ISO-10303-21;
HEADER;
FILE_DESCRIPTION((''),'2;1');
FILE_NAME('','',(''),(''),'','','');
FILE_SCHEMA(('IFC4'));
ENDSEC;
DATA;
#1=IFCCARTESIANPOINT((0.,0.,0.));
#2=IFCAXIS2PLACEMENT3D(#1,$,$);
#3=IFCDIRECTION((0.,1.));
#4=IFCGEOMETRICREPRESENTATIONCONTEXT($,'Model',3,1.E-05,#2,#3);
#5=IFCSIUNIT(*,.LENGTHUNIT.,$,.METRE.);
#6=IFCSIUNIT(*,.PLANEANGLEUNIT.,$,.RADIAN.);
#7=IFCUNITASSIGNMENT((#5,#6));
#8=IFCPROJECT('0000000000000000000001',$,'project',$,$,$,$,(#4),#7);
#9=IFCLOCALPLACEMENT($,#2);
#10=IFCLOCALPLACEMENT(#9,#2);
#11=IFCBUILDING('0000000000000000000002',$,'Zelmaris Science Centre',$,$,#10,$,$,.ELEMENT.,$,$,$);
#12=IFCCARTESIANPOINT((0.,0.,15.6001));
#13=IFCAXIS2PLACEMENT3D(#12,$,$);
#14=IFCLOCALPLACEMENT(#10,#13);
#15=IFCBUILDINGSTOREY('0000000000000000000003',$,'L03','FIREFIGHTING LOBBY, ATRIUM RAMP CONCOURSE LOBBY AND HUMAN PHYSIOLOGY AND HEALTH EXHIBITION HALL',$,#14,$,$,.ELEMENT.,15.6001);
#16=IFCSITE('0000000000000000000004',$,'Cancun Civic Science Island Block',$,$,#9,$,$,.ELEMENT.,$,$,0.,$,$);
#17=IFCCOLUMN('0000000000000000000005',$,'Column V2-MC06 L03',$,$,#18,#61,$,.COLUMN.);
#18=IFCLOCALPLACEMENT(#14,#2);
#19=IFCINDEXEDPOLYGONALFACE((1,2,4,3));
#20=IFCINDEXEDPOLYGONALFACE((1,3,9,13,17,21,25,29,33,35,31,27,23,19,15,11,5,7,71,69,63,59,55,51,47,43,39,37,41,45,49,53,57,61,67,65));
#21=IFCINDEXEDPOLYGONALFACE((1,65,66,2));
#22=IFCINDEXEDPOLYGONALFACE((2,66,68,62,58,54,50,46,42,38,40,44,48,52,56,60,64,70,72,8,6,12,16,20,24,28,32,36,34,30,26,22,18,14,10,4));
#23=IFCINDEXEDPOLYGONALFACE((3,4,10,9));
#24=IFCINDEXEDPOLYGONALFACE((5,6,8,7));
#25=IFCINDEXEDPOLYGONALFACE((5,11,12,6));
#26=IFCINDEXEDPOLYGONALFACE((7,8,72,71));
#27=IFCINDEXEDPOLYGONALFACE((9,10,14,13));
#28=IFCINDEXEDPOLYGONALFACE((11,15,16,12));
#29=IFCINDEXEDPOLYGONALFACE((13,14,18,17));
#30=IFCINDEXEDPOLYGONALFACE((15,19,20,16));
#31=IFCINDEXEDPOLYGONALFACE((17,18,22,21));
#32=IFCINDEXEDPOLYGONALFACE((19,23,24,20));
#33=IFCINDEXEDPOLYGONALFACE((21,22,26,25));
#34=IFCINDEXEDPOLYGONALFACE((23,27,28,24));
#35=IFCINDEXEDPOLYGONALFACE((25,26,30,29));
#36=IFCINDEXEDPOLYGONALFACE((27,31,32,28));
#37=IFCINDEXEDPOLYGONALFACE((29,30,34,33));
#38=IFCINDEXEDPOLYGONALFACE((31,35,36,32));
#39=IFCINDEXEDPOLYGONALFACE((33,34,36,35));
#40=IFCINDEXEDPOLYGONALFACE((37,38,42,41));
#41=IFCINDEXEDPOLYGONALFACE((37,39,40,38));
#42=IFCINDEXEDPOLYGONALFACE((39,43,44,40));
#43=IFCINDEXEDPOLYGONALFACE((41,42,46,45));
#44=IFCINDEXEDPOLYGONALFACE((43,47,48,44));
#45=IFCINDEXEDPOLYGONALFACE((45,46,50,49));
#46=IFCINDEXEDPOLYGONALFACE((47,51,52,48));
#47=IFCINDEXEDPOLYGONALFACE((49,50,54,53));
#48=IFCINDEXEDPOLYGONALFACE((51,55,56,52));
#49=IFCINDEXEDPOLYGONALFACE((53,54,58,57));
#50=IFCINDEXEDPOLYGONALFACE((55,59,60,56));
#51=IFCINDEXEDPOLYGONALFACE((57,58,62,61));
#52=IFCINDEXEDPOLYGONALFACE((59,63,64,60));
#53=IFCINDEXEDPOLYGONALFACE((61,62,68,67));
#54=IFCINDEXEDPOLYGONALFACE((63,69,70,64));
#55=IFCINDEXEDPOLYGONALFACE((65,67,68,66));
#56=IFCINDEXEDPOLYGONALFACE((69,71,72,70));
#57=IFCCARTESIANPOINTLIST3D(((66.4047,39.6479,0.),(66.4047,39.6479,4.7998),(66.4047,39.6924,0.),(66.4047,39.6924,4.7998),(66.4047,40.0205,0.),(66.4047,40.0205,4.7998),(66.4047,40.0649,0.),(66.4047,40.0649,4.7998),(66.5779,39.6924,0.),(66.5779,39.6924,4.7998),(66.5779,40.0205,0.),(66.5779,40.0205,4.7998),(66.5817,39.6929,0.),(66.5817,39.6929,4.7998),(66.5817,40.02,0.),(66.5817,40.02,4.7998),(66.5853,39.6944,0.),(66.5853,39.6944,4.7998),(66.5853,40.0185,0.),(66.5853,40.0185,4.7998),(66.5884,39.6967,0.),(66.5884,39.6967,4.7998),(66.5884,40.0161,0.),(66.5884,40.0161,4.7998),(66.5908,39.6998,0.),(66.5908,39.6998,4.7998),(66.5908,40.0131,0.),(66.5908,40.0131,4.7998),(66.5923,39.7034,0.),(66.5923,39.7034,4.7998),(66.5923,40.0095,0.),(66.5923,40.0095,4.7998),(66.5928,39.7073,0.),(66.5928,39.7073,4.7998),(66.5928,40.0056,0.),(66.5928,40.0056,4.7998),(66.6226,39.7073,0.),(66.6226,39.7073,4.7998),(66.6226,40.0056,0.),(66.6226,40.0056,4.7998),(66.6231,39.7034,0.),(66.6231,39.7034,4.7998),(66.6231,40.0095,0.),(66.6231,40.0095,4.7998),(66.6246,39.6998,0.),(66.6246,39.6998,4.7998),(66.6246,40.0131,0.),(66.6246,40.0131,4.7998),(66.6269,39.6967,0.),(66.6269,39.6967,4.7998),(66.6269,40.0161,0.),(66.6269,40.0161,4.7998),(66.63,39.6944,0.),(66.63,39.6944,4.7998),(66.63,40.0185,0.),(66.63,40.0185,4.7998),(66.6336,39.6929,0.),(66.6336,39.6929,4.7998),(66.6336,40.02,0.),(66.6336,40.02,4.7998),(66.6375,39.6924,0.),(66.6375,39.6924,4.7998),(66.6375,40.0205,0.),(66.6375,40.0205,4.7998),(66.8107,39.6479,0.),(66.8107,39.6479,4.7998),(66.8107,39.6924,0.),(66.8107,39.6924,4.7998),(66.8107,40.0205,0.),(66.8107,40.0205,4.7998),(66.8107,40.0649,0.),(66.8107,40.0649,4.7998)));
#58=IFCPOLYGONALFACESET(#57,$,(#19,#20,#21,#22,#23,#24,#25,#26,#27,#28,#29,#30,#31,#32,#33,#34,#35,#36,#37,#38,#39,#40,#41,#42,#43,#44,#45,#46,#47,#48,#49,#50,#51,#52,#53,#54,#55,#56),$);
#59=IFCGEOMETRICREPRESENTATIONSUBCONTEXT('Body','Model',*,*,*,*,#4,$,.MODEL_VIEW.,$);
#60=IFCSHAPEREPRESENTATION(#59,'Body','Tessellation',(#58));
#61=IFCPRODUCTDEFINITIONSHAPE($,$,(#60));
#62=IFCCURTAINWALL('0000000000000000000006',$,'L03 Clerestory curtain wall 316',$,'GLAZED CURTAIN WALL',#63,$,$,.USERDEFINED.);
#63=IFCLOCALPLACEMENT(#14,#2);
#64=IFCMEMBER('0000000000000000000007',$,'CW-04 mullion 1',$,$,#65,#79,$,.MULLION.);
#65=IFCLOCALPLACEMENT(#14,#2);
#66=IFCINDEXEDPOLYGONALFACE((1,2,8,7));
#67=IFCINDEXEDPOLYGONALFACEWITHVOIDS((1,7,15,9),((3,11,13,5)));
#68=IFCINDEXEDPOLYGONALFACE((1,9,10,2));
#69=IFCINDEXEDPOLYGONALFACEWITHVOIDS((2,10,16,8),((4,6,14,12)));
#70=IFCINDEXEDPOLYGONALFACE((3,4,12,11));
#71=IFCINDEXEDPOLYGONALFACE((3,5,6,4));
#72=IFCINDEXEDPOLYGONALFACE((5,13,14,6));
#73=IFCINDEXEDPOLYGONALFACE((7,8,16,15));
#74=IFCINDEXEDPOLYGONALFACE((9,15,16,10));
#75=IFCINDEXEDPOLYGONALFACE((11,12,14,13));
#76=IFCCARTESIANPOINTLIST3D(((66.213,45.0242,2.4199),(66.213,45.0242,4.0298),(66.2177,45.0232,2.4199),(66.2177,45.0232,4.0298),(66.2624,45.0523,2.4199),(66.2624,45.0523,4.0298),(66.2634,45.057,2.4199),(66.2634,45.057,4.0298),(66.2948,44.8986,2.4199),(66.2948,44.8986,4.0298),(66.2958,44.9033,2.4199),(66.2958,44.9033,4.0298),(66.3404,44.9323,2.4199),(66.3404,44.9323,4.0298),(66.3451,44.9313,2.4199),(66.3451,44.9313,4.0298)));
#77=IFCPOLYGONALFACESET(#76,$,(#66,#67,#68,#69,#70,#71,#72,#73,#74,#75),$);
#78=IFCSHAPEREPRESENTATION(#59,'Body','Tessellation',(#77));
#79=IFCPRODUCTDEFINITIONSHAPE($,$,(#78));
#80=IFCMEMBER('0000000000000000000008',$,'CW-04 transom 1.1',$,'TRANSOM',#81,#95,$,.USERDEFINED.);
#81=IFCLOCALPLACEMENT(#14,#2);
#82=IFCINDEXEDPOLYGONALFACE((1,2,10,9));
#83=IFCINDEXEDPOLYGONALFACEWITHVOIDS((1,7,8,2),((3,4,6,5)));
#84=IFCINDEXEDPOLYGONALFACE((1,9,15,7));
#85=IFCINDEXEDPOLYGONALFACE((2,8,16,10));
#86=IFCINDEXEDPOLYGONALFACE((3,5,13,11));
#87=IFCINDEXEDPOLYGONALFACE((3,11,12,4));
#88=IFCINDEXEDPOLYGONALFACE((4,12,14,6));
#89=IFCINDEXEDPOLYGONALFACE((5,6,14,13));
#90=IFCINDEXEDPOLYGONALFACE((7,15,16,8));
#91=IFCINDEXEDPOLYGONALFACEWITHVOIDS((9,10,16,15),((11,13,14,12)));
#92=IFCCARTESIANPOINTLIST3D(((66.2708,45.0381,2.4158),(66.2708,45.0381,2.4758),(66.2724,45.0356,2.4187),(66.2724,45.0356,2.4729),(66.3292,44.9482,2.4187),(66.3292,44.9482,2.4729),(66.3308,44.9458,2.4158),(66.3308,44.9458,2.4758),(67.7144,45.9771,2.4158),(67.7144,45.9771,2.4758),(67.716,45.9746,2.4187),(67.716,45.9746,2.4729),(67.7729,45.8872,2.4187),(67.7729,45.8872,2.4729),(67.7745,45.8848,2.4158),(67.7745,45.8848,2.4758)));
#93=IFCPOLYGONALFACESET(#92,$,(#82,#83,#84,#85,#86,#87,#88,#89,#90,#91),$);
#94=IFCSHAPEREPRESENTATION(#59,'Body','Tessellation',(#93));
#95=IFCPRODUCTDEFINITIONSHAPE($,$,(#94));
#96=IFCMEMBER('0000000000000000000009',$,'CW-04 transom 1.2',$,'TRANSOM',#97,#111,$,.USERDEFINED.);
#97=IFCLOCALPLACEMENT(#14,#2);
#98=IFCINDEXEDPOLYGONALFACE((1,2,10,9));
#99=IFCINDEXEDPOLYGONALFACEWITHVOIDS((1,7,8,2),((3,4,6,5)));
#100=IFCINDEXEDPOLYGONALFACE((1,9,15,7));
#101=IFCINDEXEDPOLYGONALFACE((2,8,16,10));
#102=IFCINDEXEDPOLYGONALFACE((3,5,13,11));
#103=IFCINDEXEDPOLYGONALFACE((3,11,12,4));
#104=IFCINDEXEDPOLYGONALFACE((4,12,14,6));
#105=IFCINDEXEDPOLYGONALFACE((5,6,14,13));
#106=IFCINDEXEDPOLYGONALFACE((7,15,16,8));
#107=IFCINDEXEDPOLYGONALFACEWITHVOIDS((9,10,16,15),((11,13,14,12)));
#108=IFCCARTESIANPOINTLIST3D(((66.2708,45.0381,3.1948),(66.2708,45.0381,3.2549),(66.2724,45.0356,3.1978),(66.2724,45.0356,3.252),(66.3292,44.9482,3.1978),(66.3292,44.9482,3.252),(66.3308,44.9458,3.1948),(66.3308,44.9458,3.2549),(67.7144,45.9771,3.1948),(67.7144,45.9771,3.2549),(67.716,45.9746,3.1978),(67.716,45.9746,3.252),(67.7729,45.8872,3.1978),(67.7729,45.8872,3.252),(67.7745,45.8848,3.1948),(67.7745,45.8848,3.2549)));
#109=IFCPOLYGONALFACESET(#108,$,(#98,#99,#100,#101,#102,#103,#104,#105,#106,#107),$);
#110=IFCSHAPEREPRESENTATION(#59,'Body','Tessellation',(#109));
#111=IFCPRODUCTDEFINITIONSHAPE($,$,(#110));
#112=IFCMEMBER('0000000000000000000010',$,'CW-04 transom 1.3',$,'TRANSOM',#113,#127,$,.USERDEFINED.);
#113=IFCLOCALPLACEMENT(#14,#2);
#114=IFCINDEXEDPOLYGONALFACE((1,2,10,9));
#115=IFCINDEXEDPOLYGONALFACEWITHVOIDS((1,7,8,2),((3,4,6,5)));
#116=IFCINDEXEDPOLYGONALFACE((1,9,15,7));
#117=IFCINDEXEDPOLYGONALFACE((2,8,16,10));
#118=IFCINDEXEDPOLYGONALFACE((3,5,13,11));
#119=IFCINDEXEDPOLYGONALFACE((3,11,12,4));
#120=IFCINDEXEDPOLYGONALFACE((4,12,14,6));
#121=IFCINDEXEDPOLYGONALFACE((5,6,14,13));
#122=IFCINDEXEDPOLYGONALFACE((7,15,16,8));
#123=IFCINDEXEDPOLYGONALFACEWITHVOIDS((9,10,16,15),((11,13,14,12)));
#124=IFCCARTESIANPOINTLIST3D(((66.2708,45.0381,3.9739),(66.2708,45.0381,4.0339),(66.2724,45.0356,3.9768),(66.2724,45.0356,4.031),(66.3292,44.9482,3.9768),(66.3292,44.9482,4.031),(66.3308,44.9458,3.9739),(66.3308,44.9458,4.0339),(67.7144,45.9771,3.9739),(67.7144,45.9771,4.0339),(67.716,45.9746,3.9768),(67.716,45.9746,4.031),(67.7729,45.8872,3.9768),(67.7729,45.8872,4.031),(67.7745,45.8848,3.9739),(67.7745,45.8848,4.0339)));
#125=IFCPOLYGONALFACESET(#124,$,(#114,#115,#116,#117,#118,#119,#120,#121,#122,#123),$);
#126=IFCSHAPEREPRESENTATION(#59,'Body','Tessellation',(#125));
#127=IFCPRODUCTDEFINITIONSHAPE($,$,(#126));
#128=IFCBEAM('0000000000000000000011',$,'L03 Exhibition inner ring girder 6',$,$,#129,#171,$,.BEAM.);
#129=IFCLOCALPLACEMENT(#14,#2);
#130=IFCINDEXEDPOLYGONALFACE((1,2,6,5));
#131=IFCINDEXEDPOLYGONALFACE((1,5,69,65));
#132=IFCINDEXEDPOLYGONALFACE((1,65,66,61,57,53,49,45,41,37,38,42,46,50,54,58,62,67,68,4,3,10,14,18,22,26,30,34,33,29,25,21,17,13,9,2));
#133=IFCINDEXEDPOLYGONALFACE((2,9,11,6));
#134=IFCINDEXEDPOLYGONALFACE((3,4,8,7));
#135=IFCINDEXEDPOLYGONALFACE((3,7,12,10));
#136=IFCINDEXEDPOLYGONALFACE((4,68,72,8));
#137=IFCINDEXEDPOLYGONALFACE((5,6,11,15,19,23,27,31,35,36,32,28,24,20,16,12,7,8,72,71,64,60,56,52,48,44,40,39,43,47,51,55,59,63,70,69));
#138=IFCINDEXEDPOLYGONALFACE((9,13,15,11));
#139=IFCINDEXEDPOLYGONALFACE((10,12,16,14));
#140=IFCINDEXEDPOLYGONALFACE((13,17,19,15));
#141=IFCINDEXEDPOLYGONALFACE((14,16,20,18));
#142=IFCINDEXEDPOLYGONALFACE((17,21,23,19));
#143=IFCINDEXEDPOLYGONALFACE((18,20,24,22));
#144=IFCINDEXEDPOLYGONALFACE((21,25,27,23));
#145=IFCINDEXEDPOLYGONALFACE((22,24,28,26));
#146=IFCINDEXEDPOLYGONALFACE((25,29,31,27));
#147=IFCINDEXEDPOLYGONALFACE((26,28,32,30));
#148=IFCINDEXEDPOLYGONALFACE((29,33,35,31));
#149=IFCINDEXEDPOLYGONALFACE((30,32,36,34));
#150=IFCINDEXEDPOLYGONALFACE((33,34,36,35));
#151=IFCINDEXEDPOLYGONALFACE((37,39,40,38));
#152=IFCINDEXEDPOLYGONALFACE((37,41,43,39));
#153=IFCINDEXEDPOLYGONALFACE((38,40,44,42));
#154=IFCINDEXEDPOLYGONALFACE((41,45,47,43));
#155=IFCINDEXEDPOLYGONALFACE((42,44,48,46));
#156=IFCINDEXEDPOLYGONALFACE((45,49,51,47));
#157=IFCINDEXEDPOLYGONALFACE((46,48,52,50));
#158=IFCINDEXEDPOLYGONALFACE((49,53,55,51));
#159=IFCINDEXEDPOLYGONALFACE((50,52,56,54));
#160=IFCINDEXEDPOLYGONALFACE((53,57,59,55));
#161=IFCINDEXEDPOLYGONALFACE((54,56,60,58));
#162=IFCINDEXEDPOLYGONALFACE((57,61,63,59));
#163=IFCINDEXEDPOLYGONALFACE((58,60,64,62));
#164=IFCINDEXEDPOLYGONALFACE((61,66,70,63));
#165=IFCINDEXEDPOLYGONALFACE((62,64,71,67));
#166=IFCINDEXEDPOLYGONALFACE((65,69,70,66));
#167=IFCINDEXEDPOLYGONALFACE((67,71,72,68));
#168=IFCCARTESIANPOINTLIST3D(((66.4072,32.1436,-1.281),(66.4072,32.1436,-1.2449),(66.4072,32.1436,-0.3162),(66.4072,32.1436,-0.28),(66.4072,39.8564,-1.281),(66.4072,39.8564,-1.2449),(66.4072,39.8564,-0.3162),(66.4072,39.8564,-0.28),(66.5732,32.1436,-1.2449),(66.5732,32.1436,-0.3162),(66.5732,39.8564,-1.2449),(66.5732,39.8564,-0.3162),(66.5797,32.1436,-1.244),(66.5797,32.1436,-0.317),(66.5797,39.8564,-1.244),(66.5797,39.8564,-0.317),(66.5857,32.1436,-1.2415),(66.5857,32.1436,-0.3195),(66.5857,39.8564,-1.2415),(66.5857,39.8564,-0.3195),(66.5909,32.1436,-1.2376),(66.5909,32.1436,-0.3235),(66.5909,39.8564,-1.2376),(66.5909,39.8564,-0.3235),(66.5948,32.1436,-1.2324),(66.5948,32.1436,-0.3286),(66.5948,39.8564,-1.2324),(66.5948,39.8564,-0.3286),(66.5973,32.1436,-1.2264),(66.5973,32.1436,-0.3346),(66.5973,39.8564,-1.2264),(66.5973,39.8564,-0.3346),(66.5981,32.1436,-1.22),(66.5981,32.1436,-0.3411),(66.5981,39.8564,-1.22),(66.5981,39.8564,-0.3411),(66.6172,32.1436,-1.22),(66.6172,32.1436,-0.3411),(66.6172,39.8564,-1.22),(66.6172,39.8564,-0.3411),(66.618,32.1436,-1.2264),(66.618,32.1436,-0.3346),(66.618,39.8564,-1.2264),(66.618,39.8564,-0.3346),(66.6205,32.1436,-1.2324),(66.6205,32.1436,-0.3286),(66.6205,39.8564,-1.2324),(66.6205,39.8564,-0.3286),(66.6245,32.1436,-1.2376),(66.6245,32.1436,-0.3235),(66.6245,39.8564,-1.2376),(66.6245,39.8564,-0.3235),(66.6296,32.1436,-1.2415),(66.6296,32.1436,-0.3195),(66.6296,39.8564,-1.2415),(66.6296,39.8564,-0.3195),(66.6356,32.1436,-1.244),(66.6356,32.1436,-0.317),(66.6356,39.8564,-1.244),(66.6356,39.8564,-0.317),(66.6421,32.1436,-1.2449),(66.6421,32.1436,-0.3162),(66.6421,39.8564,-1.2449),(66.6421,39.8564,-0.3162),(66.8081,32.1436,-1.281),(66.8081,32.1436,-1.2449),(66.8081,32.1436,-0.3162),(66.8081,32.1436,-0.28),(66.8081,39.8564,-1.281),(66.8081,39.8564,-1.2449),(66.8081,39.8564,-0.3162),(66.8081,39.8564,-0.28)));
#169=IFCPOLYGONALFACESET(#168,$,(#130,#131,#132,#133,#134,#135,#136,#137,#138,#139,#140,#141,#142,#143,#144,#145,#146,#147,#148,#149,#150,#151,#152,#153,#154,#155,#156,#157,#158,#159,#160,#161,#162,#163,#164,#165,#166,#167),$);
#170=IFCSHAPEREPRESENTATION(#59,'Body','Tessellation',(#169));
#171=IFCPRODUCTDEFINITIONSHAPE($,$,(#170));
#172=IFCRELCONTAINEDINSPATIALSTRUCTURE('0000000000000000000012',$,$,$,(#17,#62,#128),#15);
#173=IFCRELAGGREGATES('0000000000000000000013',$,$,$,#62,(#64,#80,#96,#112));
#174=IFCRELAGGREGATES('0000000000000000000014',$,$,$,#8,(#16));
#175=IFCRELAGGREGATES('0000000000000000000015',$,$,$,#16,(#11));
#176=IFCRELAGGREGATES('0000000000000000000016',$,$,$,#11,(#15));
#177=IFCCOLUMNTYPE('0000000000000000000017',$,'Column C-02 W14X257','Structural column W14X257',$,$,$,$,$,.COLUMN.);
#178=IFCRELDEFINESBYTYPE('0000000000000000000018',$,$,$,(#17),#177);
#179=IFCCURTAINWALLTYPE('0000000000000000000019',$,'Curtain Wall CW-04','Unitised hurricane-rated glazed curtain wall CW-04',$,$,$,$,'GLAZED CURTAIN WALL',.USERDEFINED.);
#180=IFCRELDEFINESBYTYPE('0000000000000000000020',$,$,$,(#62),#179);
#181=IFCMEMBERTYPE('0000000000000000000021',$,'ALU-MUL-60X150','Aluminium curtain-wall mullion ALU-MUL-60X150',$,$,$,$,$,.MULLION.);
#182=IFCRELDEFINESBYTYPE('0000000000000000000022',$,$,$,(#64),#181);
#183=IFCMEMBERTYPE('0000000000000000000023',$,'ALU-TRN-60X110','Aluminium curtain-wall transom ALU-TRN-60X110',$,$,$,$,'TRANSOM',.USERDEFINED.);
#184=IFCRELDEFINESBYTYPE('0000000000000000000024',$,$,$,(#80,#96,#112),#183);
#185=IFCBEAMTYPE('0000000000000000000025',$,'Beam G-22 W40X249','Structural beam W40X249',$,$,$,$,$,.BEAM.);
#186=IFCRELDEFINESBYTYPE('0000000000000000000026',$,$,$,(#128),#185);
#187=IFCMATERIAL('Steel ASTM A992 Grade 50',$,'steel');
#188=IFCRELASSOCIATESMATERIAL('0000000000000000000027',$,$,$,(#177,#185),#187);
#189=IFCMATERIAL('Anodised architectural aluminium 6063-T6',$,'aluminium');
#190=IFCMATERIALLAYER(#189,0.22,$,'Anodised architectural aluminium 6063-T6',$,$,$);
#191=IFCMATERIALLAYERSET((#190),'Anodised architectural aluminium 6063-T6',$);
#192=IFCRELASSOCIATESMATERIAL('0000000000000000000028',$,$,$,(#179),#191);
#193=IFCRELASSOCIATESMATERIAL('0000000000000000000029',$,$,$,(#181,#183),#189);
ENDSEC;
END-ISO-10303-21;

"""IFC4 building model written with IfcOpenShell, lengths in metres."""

from ifc_helpers import new_model, si_unit, direction, frame, origin, origin_2d, place, context, subcontext, project, spatial, hollow_rectangle, i_section, extrude, material, layer, layer_set, material_profile, profile_set, type_object, element, aggregate, save


model = new_model("IFC4")

# Units and contexts
model_context = context("Model", 3, precision=1e-05, world=origin(), true_north=direction((0.0, 1.0)))
body_context = subcontext(model_context, "Body", "Model", "MODEL_VIEW")
ifc_project = project(units=[si_unit("LENGTHUNIT", "METRE"), si_unit("PLANEANGLEUNIT", "RADIAN")], contexts=[model_context])

# Site, building, storey
site_placement = place(None, origin())
site = spatial("IfcSite", under=ifc_project, at=site_placement, Name="Cancun Civic Science Island Block", CompositionType="ELEMENT", RefElevation=0.0)
building_placement = place(site_placement, origin())
building = spatial("IfcBuilding", under=site, at=building_placement, Name="Zelmaris Science Centre", CompositionType="ELEMENT")
storey_placement = place(building_placement, frame((0.0, 0.0, 15.6001)))
storey = spatial("IfcBuildingStorey", under=building, at=storey_placement, Name="L03", Description="FIREFIGHTING LOBBY, ATRIUM RAMP CONCOURSE LOBBY AND HUMAN PHYSIOLOGY AND HEALTH EXHIBITION HALL", CompositionType="ELEMENT", Elevation=15.6001)

# Column
ifc_material_1 = material(Name="Steel ASTM A992 Grade 50", Category="steel")
ifc_material_profile_1 = material_profile(ifc_material_1, i_section(OverallWidth=0.406, OverallDepth=0.417, WebThickness=0.0298, FlangeThickness=0.0444, FilletRadius=0.0149, at=origin_2d()), Name="W14X257")
ifc_profile_set_1 = profile_set([ifc_material_profile_1], Name="Steel ASTM A992 Grade 50")
column_type = type_object("IfcColumnType", Name="Column C-02 W14X257", Description="Structural column W14X257", PredefinedType="COLUMN", material=ifc_profile_set_1)
column_placement = place(storey_placement, frame((66.6077, 39.8564, 0.0), z_axis=(0.0, 0.0, 1.0), x_axis=(1.0, 0.0, 0.0)))
element("IfcColumn", 1, at=column_placement, inside=storey, type_object=column_type, Name="Column V2-MC06 L03", PredefinedType="COLUMN", context=body_context, shape_type="SweptSolid", body=[
    extrude(i_section(OverallWidth=0.406, OverallDepth=0.417, WebThickness=0.0298, FlangeThickness=0.0444, FilletRadius=0.0149, at=origin_2d()), origin(), (0.0, 0.0, 1.0), 4.7998),
])

# Curtain wall, members
ifc_material_2 = material(Name="Anodised architectural aluminium 6063-T6", Category="aluminium")
ifc_layer_1 = layer(ifc_material_2, 0.22, Name="Anodised architectural aluminium 6063-T6")
ifc_layer_set_1 = layer_set([ifc_layer_1], Name="Anodised architectural aluminium 6063-T6")
curtain_wall_type = type_object("IfcCurtainWallType", Name="Curtain Wall CW-04", Description="Unitised hurricane-rated glazed curtain wall CW-04", ElementType="GLAZED CURTAIN WALL", PredefinedType="USERDEFINED", material=ifc_layer_set_1)
curtain_wall_placement = place(storey_placement, origin())
curtain_wall = element("IfcCurtainWall", 2, at=curtain_wall_placement, inside=storey, type_object=curtain_wall_type, Name="L03 Clerestory curtain wall 316", ObjectType="GLAZED CURTAIN WALL", PredefinedType="USERDEFINED")
ifc_material_profile_2 = material_profile(ifc_material_2, hollow_rectangle(XDim=0.0601, YDim=0.1499, WallThickness=0.0034, at=origin_2d()), Name="ALU-MUL-60X150")
ifc_profile_set_2 = profile_set([ifc_material_profile_2], Name="Anodised architectural aluminium 6063-T6")
member_type_1 = type_object("IfcMemberType", Name="ALU-MUL-60X150", Description="Aluminium curtain-wall mullion ALU-MUL-60X150", PredefinedType="MULLION", material=ifc_profile_set_2)
member_1_placement = place(storey_placement, frame((66.2791, 44.9778, 2.4199), z_axis=(0.0, 0.0, 1.0), x_axis=(0.838228, 0.54532, 0.0)))
member_1 = element("IfcMember", 3, at=member_1_placement, type_object=member_type_1, Name="CW-04 mullion 1", PredefinedType="MULLION", context=body_context, shape_type="SweptSolid", body=[
    extrude(hollow_rectangle(XDim=0.0601, YDim=0.1499, WallThickness=0.0034, at=origin_2d()), origin(), (0.0, 0.0, 1.0), 1.6099),
])
ifc_material_profile_3 = material_profile(ifc_material_2, hollow_rectangle(XDim=0.0601, YDim=0.1101, WallThickness=0.0029, at=origin_2d()), Name="ALU-TRN-60X110")
ifc_profile_set_3 = profile_set([ifc_material_profile_3], Name="Anodised architectural aluminium 6063-T6")
member_type_2 = type_object("IfcMemberType", Name="ALU-TRN-60X110", Description="Aluminium curtain-wall transom ALU-TRN-60X110", ElementType="TRANSOM", PredefinedType="USERDEFINED", material=ifc_profile_set_3)
member_2_placement = place(storey_placement, frame((66.3008, 44.9919, 2.4458), z_axis=(0.838278, 0.545242, 0.0), x_axis=(0.0, 0.0, 1.0)))
member_2 = element("IfcMember", 4, at=member_2_placement, type_object=member_type_2, Name="CW-04 transom 1.1", ObjectType="TRANSOM", PredefinedType="USERDEFINED", context=body_context, shape_type="SweptSolid", body=[
    extrude(hollow_rectangle(XDim=0.0601, YDim=0.1101, WallThickness=0.0029, at=origin_2d()), origin(), (0.0, 0.0, 1.0), 1.7222),
])
member_3_placement = place(storey_placement, frame((66.3008, 44.9919, 3.2249), z_axis=(0.838278, 0.545242, 0.0), x_axis=(0.0, 0.0, 1.0)))
member_3 = element("IfcMember", 5, at=member_3_placement, type_object=member_type_2, Name="CW-04 transom 1.2", ObjectType="TRANSOM", PredefinedType="USERDEFINED", context=body_context, shape_type="SweptSolid", body=[
    extrude(hollow_rectangle(XDim=0.0601, YDim=0.1101, WallThickness=0.0029, at=origin_2d()), origin(), (0.0, 0.0, 1.0), 1.7222),
])
member_4_placement = place(storey_placement, frame((66.3008, 44.9919, 4.0039), z_axis=(0.838278, 0.545242, 0.0), x_axis=(0.0, 0.0, 1.0)))
member_4 = element("IfcMember", 6, at=member_4_placement, type_object=member_type_2, Name="CW-04 transom 1.3", ObjectType="TRANSOM", PredefinedType="USERDEFINED", context=body_context, shape_type="SweptSolid", body=[
    extrude(hollow_rectangle(XDim=0.0601, YDim=0.1101, WallThickness=0.0029, at=origin_2d()), origin(), (0.0, 0.0, 1.0), 1.7222),
])
aggregate(curtain_wall, [member_1, member_2, member_3, member_4])

# Beam
ifc_material_profile_4 = material_profile(ifc_material_1, i_section(OverallWidth=0.4009, OverallDepth=1.001, WebThickness=0.019, FlangeThickness=0.0361, FilletRadius=0.0249, at=origin_2d()), Name="W40X249")
ifc_profile_set_4 = profile_set([ifc_material_profile_4], Name="Steel ASTM A992 Grade 50")
beam_type_1 = type_object("IfcBeamType", Name="Beam G-22 W40X249", Description="Structural beam W40X249", PredefinedType="BEAM", material=ifc_profile_set_4)
beam_1_placement = place(storey_placement, frame((66.6077, 39.8564, -0.7805), z_axis=(0.0, -1.0, 0.0), x_axis=(1.0, 0.0, 0.0)))
element("IfcBeam", 7, at=beam_1_placement, inside=storey, type_object=beam_type_1, Name="L03 Exhibition inner ring girder 6", PredefinedType="BEAM", context=body_context, shape_type="SweptSolid", body=[
    extrude(i_section(OverallWidth=0.4009, OverallDepth=1.001, WebThickness=0.019, FlangeThickness=0.0361, FilletRadius=0.0249, at=origin_2d()), origin(), (0.0, 0.0, 1.0), 7.7129),
])

save(model, "model.ifc")
